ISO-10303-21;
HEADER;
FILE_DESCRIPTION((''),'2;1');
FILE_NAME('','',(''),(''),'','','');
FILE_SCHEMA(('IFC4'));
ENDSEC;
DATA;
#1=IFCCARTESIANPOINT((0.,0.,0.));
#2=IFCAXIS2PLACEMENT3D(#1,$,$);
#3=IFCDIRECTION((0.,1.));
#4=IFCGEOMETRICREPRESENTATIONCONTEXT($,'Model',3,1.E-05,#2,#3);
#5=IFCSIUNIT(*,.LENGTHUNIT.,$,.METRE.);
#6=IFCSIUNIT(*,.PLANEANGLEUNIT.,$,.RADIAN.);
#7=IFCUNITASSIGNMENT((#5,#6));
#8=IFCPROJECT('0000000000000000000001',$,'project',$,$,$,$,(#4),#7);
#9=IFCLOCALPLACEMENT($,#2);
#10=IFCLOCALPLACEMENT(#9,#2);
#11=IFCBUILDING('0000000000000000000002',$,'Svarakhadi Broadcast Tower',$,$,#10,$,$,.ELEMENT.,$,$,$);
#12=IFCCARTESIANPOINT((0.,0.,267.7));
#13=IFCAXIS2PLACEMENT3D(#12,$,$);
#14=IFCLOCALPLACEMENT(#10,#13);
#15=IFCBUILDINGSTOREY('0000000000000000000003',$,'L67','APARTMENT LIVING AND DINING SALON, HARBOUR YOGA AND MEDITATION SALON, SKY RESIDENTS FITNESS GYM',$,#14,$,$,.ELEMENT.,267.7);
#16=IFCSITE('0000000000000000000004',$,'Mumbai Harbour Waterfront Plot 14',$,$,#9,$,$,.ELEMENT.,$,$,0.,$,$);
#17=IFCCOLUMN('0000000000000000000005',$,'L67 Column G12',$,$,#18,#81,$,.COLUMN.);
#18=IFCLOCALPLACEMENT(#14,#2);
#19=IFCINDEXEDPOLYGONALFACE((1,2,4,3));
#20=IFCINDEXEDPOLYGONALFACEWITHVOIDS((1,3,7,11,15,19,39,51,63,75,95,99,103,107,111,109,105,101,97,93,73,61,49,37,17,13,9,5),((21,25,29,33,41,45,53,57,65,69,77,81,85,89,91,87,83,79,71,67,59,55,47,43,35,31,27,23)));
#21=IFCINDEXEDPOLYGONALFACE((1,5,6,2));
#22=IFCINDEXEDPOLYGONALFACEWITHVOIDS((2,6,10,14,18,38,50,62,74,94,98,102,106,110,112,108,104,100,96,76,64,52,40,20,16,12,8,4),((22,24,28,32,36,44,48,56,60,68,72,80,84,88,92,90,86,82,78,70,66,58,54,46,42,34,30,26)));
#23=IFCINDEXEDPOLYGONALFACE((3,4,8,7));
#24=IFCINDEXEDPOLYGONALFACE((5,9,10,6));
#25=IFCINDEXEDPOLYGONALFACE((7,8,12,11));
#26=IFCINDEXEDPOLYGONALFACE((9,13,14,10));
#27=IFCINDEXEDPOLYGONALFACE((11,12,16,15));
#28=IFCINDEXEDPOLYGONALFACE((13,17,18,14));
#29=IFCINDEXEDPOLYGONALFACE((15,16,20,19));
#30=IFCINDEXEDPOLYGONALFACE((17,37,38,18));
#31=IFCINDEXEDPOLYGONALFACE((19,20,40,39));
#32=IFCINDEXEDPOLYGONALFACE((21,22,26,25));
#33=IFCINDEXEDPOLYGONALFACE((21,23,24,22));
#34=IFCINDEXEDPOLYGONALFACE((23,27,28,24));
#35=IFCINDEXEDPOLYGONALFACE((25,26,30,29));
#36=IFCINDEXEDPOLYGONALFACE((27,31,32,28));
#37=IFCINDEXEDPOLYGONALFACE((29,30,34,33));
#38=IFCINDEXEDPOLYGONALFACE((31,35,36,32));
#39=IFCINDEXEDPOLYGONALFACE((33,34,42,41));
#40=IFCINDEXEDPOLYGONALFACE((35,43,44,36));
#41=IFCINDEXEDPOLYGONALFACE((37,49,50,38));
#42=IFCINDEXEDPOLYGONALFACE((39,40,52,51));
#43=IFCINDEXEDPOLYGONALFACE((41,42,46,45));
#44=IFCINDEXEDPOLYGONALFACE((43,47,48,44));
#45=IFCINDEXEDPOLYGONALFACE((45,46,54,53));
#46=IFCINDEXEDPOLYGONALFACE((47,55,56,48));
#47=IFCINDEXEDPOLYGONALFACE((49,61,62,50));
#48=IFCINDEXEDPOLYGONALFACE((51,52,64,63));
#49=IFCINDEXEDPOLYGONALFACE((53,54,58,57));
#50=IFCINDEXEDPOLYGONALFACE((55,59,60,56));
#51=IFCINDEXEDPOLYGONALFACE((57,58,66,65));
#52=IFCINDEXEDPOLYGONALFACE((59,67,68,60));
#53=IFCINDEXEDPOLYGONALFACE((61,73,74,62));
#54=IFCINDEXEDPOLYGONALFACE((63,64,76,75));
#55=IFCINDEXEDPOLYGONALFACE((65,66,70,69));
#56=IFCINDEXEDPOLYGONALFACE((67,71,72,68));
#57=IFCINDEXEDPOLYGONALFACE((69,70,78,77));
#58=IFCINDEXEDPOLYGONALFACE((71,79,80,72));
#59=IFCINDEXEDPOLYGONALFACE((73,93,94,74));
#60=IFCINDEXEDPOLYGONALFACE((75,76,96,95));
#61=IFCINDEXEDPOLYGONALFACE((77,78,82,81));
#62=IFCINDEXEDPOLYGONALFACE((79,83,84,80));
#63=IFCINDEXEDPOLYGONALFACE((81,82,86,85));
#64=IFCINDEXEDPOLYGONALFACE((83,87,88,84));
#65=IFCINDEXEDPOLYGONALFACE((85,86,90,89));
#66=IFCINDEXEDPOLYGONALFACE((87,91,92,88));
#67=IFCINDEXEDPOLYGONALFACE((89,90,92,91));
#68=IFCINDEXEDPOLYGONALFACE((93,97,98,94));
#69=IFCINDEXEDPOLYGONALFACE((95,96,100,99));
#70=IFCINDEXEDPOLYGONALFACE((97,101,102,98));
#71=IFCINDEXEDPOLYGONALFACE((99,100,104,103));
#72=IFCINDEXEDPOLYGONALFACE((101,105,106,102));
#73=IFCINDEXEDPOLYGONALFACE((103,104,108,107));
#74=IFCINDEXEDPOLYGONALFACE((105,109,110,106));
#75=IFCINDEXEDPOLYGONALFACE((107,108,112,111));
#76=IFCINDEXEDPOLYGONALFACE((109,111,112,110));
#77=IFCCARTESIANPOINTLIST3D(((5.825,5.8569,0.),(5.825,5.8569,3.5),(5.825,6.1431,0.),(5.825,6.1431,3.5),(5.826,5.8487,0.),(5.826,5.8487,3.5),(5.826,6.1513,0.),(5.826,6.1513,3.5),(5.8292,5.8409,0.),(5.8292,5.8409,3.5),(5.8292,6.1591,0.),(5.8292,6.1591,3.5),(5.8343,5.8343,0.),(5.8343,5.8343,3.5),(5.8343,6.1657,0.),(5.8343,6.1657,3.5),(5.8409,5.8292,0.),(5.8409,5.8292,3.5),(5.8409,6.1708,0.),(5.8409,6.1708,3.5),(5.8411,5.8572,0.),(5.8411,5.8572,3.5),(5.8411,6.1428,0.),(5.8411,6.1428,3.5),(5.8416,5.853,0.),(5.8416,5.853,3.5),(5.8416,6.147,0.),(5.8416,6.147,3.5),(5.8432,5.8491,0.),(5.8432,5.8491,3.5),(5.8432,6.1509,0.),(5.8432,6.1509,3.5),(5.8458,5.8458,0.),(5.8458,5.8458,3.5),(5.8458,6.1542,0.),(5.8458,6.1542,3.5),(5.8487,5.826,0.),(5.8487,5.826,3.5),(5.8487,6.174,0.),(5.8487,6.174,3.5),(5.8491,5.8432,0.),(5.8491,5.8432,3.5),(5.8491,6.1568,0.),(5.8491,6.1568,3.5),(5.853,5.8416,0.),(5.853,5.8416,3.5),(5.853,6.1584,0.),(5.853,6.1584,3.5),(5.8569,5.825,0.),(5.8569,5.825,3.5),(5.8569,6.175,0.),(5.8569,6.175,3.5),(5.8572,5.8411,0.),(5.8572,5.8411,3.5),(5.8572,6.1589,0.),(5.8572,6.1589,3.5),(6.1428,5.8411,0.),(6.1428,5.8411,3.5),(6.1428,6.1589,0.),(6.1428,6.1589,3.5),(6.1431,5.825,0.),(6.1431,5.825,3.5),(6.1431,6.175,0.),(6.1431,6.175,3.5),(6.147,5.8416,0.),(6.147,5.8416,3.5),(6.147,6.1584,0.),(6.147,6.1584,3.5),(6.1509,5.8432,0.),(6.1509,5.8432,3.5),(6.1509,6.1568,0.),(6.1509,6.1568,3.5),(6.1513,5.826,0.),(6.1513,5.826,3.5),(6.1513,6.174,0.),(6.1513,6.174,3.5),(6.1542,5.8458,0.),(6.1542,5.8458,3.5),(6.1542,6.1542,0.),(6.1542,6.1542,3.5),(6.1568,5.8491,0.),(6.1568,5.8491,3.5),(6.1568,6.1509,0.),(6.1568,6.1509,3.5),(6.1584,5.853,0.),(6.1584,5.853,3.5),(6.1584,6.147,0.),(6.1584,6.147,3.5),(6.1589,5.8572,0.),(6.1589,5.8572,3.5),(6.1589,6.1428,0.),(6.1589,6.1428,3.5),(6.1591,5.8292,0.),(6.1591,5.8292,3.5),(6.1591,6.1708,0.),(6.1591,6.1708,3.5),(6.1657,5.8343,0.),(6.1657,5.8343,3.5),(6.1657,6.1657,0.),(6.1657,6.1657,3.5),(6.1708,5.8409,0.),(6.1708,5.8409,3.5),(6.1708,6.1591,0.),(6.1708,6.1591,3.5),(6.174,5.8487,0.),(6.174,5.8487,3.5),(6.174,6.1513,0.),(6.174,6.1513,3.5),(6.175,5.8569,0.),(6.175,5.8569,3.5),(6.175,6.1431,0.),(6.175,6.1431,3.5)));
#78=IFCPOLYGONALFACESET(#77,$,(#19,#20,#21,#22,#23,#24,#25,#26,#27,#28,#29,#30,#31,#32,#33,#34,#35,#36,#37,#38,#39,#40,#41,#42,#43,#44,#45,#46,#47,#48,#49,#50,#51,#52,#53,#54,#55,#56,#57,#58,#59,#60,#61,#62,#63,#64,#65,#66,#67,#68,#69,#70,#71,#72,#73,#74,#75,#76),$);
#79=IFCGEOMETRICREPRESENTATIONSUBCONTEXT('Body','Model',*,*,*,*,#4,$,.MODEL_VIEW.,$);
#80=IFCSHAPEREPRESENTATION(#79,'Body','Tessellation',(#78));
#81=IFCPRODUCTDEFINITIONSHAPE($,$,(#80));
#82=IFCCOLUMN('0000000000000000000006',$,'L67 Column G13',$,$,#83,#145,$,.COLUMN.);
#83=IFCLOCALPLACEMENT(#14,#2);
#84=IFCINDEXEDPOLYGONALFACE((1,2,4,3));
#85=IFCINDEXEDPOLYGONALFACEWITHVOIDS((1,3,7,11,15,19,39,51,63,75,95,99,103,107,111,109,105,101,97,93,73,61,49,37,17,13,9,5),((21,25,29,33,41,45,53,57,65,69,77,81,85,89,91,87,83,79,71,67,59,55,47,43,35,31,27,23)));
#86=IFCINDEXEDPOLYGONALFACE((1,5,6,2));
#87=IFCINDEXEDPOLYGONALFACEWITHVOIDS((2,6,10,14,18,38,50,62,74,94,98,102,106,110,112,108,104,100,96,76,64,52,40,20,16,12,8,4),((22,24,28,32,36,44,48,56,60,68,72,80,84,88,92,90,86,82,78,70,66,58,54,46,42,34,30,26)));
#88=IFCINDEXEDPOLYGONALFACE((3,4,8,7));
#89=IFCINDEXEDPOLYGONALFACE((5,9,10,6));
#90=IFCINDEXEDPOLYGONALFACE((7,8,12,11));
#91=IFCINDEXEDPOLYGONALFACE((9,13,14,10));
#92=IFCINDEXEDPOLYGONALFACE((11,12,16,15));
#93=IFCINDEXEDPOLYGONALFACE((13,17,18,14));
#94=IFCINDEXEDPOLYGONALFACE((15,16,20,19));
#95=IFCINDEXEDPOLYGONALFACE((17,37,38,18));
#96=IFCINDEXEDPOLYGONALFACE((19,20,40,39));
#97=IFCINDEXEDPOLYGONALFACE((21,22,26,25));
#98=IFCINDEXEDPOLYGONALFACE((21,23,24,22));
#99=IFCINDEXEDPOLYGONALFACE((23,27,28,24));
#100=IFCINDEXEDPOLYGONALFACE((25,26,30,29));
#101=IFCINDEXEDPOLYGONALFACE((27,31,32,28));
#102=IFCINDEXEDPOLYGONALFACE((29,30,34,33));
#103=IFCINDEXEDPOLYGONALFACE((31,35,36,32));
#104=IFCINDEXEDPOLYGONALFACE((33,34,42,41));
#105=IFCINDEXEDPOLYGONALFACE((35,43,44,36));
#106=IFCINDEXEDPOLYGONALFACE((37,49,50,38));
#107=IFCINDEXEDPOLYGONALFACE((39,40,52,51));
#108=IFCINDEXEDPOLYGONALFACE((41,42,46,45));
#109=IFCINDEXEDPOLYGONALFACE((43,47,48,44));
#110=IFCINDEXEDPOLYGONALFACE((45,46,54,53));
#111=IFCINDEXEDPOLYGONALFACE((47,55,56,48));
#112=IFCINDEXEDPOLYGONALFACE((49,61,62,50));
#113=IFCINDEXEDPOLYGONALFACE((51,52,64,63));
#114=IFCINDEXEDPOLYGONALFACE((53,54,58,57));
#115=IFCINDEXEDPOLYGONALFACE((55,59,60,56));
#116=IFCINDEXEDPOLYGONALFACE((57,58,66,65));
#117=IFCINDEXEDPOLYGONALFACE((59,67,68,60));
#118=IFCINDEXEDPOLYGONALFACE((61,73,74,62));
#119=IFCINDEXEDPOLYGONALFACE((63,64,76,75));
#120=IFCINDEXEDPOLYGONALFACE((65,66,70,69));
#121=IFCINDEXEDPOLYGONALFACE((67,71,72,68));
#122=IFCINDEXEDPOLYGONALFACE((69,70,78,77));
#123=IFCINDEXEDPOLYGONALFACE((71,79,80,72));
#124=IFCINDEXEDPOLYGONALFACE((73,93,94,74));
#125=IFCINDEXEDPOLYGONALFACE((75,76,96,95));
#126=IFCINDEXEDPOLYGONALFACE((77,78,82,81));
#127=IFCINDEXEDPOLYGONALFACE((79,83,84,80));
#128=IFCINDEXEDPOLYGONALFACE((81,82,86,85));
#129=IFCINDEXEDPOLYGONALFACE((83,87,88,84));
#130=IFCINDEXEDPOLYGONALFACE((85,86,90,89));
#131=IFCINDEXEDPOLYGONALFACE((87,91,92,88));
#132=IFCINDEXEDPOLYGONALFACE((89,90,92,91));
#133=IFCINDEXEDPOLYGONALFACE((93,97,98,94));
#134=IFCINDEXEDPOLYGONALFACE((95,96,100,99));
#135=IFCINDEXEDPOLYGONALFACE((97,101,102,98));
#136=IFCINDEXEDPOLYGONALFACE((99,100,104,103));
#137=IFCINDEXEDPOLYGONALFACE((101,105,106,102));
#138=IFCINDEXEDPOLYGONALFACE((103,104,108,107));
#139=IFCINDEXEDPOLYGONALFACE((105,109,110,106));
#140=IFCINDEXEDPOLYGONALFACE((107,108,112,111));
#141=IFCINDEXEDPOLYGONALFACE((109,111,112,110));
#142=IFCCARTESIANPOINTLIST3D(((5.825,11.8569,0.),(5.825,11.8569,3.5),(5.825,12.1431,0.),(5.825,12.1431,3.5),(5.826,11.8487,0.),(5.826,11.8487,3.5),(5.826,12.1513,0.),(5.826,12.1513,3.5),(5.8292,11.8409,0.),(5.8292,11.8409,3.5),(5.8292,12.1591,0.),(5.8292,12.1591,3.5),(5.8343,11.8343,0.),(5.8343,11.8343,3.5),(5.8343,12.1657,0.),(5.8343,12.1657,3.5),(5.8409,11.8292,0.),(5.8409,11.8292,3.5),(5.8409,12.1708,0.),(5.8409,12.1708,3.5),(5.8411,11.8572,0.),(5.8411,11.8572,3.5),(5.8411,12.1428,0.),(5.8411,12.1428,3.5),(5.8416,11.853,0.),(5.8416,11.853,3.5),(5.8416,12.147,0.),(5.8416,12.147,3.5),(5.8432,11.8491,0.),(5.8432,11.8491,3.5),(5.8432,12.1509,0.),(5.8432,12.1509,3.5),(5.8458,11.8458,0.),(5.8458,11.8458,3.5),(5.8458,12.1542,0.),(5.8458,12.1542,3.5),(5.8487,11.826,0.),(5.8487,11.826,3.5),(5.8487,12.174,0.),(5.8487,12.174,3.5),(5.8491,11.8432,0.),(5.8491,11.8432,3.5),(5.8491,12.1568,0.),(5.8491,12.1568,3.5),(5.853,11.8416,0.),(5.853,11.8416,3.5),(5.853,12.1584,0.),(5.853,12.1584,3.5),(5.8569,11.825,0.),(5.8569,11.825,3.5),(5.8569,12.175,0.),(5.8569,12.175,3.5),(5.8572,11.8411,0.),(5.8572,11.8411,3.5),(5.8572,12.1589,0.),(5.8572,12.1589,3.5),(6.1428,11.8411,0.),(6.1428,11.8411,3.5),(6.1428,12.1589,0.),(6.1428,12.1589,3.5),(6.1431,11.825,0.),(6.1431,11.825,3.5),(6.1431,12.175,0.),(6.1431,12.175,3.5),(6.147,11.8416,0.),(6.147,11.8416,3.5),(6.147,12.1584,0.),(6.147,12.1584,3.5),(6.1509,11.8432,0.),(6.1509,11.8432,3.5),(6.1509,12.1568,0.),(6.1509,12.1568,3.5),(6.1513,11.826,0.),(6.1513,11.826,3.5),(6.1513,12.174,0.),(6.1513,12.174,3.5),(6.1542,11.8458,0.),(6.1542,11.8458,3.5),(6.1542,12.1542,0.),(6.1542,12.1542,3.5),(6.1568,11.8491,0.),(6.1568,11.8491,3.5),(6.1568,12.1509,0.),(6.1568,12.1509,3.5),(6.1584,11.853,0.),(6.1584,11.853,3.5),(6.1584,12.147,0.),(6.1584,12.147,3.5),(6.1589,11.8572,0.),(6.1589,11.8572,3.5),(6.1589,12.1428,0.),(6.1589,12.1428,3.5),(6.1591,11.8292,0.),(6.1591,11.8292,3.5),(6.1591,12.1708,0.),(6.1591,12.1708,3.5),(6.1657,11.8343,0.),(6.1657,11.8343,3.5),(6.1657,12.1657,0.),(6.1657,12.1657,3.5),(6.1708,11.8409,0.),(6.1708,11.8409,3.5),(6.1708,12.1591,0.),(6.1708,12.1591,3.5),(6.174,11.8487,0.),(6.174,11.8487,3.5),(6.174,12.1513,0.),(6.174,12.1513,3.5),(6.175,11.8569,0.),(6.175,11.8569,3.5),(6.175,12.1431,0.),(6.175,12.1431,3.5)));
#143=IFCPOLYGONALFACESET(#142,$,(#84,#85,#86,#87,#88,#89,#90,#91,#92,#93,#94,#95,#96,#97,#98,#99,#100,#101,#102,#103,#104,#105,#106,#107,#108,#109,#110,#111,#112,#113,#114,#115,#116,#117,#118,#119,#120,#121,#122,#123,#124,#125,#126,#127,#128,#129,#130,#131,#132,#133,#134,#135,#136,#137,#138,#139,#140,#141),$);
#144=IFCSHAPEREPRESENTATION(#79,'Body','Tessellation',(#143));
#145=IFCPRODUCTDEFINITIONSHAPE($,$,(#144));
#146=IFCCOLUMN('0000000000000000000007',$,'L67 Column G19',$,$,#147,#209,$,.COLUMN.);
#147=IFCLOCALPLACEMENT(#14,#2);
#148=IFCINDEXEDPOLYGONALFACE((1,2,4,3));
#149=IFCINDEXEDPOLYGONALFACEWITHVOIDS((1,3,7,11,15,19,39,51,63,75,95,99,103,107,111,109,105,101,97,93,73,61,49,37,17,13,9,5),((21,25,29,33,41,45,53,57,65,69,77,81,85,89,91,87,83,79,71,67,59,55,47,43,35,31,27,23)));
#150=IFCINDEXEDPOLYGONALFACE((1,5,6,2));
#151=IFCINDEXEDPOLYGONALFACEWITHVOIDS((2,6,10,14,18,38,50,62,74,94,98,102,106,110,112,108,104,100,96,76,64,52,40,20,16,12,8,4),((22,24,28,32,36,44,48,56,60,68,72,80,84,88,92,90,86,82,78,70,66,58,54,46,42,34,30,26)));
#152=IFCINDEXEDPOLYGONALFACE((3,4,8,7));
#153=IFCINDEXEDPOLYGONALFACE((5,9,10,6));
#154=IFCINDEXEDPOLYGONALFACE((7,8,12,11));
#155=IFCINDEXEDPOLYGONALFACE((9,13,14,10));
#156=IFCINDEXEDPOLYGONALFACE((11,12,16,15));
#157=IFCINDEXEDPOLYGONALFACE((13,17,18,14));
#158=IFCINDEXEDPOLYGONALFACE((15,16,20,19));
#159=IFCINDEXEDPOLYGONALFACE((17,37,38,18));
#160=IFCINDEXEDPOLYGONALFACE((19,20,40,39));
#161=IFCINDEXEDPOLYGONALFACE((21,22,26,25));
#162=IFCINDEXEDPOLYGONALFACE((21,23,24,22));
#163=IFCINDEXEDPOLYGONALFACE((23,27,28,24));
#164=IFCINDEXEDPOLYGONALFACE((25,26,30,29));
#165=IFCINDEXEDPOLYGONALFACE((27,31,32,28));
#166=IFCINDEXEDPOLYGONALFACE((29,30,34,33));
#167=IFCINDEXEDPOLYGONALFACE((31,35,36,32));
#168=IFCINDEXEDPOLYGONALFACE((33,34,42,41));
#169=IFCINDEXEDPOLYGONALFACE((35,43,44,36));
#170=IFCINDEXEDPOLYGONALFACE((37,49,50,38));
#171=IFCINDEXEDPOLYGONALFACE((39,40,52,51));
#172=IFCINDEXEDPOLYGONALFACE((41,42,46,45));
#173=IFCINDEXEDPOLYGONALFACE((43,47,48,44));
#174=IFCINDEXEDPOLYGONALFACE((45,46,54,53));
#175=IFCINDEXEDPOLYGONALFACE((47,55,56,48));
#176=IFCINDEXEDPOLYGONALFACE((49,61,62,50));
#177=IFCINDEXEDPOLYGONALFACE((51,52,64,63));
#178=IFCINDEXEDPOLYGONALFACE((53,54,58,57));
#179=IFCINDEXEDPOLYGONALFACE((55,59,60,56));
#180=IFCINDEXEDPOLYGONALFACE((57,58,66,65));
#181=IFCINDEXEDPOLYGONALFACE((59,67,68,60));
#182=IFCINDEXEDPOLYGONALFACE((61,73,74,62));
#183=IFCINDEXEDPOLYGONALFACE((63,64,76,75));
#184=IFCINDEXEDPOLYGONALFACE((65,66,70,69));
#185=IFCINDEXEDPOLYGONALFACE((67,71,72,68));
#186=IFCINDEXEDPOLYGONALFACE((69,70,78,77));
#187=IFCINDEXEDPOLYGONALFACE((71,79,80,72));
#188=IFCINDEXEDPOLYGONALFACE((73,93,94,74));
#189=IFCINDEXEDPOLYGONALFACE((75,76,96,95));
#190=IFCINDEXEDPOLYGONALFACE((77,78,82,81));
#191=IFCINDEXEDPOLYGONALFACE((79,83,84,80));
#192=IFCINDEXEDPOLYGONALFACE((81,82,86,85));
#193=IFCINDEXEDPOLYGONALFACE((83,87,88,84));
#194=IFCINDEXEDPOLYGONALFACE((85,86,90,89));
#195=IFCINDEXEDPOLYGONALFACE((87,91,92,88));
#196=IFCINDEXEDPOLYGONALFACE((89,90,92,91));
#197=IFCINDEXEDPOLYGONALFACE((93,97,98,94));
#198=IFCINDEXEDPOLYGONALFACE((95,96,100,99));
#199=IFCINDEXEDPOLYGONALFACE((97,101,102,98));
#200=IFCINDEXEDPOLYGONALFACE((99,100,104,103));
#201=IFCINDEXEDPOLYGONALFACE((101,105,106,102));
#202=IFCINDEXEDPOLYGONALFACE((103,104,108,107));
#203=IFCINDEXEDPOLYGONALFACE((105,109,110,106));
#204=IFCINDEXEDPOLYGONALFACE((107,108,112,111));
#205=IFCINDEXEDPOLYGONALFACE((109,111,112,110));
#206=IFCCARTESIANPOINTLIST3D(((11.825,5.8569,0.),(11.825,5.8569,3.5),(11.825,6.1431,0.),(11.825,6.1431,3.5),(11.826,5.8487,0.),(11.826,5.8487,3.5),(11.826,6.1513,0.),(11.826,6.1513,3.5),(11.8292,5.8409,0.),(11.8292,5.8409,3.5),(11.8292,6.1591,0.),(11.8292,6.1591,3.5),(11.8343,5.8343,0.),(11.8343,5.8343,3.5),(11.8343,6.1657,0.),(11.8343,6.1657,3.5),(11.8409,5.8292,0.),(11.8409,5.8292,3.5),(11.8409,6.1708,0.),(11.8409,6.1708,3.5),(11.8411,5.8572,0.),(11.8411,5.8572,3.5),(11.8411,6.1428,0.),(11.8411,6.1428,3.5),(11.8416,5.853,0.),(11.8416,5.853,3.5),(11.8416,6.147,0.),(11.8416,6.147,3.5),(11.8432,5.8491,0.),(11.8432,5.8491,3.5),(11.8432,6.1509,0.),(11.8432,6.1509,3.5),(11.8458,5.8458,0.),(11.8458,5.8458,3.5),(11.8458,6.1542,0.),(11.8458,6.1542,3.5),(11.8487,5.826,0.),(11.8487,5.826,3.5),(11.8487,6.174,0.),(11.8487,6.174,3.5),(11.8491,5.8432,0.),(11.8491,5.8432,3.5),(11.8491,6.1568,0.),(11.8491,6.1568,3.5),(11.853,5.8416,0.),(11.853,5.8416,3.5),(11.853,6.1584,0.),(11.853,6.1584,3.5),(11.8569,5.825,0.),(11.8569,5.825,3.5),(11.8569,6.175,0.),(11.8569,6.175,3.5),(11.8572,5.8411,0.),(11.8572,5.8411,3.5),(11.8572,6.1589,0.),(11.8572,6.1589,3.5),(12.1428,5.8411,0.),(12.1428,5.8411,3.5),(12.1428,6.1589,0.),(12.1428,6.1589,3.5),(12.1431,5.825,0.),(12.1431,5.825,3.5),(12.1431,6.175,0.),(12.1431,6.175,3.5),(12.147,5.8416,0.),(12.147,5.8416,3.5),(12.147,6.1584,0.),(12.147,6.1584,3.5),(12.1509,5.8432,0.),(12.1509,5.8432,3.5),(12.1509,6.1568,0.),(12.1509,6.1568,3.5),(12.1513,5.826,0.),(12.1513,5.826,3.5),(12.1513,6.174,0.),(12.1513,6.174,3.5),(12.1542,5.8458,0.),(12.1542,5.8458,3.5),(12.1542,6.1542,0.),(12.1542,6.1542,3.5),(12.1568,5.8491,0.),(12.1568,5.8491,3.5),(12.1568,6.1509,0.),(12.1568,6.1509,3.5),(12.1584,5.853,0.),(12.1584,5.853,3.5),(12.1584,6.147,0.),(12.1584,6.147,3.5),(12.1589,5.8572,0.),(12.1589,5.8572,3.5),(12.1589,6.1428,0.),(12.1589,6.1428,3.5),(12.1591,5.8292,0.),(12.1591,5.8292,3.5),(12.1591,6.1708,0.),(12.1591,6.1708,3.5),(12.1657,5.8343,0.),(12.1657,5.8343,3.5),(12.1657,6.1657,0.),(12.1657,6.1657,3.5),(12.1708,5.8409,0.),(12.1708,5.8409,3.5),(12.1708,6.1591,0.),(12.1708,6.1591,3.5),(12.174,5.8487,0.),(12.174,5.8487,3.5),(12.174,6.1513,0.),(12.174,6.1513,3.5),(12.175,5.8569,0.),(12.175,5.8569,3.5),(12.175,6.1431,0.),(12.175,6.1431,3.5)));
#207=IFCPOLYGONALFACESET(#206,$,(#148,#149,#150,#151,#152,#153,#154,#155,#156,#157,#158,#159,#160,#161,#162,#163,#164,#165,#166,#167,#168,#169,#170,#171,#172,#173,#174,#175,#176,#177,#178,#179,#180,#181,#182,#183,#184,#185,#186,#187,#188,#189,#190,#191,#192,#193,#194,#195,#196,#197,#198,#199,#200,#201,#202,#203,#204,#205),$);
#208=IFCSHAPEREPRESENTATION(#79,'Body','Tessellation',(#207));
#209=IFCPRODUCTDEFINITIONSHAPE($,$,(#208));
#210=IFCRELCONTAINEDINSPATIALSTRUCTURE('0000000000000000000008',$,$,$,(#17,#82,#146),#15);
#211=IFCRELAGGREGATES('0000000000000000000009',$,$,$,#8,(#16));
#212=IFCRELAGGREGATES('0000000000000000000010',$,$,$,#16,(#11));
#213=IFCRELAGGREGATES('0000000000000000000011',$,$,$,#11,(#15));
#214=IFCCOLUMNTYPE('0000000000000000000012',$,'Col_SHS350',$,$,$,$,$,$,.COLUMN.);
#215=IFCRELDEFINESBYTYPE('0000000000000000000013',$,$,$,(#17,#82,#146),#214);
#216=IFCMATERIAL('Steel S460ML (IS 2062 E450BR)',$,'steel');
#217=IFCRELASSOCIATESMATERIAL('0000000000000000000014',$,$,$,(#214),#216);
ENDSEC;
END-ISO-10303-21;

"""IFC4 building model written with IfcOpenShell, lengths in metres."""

from ifc_helpers import new_model, si_unit, direction, frame, origin, origin_2d, place, context, subcontext, project, spatial, hollow_rectangle, extrude, material, material_profile, profile_set, type_object, element, save


model = new_model("IFC4")

# Units and contexts
model_context = context("Model", 3, precision=1e-05, world=origin(), true_north=direction((0.0, 1.0)))
body_context = subcontext(model_context, "Body", "Model", "MODEL_VIEW")
ifc_project = project(units=[si_unit("LENGTHUNIT", "METRE"), si_unit("PLANEANGLEUNIT", "RADIAN")], contexts=[model_context])

# Site, building, storey
site_placement = place(None, origin())
site = spatial("IfcSite", under=ifc_project, at=site_placement, Name="Mumbai Harbour Waterfront Plot 14", CompositionType="ELEMENT", RefElevation=0.0)
building_placement = place(site_placement, origin())
building = spatial("IfcBuilding", under=site, at=building_placement, Name="Svarakhadi Broadcast Tower", CompositionType="ELEMENT")
storey_placement = place(building_placement, frame((0.0, 0.0, 267.7)))
storey = spatial("IfcBuildingStorey", under=building, at=storey_placement, Name="L67", Description="APARTMENT LIVING AND DINING SALON, HARBOUR YOGA AND MEDITATION SALON, SKY RESIDENTS FITNESS GYM", CompositionType="ELEMENT", Elevation=267.7)

# Columns
ifc_material_1 = material(Name="Steel S460ML (IS 2062 E450BR)", Category="steel")
ifc_material_profile_1 = material_profile(ifc_material_1, hollow_rectangle(XDim=0.3501, YDim=0.3501, WallThickness=0.0161, InnerFilletRadius=0.0161, OuterFilletRadius=0.032, at=origin_2d()), Name="SHS 350x350x16")
ifc_profile_set_1 = profile_set([ifc_material_profile_1], Name="Steel S460ML (IS 2062 E450BR)")
column_type = type_object("IfcColumnType", Name="Col_SHS350", PredefinedType="COLUMN", material=ifc_profile_set_1)
for number, where, z_axis, x_axis, name in (
    (1, (6.0, 6.0, 0.0), (0.0, 0.0, 1.0), (1.0, 0.0, 0.0), "L67 Column G12"),
    (2, (6.0, 12.0, 0.0), (0.0, 0.0, 1.0), (1.0, 0.0, 0.0), "L67 Column G13"),
    (3, (12.0, 6.0, 0.0), (0.0, 0.0, 1.0), (1.0, 0.0, 0.0), "L67 Column G19"),
):
    element("IfcColumn", number, at=place(storey_placement, frame(where, z_axis=z_axis, x_axis=x_axis)), inside=storey, type_object=column_type, Name=name, PredefinedType="COLUMN", context=body_context, shape_type="SweptSolid", body=[
        extrude(hollow_rectangle(XDim=0.3501, YDim=0.3501, WallThickness=0.0161, InnerFilletRadius=0.0161, OuterFilletRadius=0.032, at=origin_2d()), origin(), (0.0, 0.0, 1.0), 3.5),
    ])

save(model, "model.ifc")
